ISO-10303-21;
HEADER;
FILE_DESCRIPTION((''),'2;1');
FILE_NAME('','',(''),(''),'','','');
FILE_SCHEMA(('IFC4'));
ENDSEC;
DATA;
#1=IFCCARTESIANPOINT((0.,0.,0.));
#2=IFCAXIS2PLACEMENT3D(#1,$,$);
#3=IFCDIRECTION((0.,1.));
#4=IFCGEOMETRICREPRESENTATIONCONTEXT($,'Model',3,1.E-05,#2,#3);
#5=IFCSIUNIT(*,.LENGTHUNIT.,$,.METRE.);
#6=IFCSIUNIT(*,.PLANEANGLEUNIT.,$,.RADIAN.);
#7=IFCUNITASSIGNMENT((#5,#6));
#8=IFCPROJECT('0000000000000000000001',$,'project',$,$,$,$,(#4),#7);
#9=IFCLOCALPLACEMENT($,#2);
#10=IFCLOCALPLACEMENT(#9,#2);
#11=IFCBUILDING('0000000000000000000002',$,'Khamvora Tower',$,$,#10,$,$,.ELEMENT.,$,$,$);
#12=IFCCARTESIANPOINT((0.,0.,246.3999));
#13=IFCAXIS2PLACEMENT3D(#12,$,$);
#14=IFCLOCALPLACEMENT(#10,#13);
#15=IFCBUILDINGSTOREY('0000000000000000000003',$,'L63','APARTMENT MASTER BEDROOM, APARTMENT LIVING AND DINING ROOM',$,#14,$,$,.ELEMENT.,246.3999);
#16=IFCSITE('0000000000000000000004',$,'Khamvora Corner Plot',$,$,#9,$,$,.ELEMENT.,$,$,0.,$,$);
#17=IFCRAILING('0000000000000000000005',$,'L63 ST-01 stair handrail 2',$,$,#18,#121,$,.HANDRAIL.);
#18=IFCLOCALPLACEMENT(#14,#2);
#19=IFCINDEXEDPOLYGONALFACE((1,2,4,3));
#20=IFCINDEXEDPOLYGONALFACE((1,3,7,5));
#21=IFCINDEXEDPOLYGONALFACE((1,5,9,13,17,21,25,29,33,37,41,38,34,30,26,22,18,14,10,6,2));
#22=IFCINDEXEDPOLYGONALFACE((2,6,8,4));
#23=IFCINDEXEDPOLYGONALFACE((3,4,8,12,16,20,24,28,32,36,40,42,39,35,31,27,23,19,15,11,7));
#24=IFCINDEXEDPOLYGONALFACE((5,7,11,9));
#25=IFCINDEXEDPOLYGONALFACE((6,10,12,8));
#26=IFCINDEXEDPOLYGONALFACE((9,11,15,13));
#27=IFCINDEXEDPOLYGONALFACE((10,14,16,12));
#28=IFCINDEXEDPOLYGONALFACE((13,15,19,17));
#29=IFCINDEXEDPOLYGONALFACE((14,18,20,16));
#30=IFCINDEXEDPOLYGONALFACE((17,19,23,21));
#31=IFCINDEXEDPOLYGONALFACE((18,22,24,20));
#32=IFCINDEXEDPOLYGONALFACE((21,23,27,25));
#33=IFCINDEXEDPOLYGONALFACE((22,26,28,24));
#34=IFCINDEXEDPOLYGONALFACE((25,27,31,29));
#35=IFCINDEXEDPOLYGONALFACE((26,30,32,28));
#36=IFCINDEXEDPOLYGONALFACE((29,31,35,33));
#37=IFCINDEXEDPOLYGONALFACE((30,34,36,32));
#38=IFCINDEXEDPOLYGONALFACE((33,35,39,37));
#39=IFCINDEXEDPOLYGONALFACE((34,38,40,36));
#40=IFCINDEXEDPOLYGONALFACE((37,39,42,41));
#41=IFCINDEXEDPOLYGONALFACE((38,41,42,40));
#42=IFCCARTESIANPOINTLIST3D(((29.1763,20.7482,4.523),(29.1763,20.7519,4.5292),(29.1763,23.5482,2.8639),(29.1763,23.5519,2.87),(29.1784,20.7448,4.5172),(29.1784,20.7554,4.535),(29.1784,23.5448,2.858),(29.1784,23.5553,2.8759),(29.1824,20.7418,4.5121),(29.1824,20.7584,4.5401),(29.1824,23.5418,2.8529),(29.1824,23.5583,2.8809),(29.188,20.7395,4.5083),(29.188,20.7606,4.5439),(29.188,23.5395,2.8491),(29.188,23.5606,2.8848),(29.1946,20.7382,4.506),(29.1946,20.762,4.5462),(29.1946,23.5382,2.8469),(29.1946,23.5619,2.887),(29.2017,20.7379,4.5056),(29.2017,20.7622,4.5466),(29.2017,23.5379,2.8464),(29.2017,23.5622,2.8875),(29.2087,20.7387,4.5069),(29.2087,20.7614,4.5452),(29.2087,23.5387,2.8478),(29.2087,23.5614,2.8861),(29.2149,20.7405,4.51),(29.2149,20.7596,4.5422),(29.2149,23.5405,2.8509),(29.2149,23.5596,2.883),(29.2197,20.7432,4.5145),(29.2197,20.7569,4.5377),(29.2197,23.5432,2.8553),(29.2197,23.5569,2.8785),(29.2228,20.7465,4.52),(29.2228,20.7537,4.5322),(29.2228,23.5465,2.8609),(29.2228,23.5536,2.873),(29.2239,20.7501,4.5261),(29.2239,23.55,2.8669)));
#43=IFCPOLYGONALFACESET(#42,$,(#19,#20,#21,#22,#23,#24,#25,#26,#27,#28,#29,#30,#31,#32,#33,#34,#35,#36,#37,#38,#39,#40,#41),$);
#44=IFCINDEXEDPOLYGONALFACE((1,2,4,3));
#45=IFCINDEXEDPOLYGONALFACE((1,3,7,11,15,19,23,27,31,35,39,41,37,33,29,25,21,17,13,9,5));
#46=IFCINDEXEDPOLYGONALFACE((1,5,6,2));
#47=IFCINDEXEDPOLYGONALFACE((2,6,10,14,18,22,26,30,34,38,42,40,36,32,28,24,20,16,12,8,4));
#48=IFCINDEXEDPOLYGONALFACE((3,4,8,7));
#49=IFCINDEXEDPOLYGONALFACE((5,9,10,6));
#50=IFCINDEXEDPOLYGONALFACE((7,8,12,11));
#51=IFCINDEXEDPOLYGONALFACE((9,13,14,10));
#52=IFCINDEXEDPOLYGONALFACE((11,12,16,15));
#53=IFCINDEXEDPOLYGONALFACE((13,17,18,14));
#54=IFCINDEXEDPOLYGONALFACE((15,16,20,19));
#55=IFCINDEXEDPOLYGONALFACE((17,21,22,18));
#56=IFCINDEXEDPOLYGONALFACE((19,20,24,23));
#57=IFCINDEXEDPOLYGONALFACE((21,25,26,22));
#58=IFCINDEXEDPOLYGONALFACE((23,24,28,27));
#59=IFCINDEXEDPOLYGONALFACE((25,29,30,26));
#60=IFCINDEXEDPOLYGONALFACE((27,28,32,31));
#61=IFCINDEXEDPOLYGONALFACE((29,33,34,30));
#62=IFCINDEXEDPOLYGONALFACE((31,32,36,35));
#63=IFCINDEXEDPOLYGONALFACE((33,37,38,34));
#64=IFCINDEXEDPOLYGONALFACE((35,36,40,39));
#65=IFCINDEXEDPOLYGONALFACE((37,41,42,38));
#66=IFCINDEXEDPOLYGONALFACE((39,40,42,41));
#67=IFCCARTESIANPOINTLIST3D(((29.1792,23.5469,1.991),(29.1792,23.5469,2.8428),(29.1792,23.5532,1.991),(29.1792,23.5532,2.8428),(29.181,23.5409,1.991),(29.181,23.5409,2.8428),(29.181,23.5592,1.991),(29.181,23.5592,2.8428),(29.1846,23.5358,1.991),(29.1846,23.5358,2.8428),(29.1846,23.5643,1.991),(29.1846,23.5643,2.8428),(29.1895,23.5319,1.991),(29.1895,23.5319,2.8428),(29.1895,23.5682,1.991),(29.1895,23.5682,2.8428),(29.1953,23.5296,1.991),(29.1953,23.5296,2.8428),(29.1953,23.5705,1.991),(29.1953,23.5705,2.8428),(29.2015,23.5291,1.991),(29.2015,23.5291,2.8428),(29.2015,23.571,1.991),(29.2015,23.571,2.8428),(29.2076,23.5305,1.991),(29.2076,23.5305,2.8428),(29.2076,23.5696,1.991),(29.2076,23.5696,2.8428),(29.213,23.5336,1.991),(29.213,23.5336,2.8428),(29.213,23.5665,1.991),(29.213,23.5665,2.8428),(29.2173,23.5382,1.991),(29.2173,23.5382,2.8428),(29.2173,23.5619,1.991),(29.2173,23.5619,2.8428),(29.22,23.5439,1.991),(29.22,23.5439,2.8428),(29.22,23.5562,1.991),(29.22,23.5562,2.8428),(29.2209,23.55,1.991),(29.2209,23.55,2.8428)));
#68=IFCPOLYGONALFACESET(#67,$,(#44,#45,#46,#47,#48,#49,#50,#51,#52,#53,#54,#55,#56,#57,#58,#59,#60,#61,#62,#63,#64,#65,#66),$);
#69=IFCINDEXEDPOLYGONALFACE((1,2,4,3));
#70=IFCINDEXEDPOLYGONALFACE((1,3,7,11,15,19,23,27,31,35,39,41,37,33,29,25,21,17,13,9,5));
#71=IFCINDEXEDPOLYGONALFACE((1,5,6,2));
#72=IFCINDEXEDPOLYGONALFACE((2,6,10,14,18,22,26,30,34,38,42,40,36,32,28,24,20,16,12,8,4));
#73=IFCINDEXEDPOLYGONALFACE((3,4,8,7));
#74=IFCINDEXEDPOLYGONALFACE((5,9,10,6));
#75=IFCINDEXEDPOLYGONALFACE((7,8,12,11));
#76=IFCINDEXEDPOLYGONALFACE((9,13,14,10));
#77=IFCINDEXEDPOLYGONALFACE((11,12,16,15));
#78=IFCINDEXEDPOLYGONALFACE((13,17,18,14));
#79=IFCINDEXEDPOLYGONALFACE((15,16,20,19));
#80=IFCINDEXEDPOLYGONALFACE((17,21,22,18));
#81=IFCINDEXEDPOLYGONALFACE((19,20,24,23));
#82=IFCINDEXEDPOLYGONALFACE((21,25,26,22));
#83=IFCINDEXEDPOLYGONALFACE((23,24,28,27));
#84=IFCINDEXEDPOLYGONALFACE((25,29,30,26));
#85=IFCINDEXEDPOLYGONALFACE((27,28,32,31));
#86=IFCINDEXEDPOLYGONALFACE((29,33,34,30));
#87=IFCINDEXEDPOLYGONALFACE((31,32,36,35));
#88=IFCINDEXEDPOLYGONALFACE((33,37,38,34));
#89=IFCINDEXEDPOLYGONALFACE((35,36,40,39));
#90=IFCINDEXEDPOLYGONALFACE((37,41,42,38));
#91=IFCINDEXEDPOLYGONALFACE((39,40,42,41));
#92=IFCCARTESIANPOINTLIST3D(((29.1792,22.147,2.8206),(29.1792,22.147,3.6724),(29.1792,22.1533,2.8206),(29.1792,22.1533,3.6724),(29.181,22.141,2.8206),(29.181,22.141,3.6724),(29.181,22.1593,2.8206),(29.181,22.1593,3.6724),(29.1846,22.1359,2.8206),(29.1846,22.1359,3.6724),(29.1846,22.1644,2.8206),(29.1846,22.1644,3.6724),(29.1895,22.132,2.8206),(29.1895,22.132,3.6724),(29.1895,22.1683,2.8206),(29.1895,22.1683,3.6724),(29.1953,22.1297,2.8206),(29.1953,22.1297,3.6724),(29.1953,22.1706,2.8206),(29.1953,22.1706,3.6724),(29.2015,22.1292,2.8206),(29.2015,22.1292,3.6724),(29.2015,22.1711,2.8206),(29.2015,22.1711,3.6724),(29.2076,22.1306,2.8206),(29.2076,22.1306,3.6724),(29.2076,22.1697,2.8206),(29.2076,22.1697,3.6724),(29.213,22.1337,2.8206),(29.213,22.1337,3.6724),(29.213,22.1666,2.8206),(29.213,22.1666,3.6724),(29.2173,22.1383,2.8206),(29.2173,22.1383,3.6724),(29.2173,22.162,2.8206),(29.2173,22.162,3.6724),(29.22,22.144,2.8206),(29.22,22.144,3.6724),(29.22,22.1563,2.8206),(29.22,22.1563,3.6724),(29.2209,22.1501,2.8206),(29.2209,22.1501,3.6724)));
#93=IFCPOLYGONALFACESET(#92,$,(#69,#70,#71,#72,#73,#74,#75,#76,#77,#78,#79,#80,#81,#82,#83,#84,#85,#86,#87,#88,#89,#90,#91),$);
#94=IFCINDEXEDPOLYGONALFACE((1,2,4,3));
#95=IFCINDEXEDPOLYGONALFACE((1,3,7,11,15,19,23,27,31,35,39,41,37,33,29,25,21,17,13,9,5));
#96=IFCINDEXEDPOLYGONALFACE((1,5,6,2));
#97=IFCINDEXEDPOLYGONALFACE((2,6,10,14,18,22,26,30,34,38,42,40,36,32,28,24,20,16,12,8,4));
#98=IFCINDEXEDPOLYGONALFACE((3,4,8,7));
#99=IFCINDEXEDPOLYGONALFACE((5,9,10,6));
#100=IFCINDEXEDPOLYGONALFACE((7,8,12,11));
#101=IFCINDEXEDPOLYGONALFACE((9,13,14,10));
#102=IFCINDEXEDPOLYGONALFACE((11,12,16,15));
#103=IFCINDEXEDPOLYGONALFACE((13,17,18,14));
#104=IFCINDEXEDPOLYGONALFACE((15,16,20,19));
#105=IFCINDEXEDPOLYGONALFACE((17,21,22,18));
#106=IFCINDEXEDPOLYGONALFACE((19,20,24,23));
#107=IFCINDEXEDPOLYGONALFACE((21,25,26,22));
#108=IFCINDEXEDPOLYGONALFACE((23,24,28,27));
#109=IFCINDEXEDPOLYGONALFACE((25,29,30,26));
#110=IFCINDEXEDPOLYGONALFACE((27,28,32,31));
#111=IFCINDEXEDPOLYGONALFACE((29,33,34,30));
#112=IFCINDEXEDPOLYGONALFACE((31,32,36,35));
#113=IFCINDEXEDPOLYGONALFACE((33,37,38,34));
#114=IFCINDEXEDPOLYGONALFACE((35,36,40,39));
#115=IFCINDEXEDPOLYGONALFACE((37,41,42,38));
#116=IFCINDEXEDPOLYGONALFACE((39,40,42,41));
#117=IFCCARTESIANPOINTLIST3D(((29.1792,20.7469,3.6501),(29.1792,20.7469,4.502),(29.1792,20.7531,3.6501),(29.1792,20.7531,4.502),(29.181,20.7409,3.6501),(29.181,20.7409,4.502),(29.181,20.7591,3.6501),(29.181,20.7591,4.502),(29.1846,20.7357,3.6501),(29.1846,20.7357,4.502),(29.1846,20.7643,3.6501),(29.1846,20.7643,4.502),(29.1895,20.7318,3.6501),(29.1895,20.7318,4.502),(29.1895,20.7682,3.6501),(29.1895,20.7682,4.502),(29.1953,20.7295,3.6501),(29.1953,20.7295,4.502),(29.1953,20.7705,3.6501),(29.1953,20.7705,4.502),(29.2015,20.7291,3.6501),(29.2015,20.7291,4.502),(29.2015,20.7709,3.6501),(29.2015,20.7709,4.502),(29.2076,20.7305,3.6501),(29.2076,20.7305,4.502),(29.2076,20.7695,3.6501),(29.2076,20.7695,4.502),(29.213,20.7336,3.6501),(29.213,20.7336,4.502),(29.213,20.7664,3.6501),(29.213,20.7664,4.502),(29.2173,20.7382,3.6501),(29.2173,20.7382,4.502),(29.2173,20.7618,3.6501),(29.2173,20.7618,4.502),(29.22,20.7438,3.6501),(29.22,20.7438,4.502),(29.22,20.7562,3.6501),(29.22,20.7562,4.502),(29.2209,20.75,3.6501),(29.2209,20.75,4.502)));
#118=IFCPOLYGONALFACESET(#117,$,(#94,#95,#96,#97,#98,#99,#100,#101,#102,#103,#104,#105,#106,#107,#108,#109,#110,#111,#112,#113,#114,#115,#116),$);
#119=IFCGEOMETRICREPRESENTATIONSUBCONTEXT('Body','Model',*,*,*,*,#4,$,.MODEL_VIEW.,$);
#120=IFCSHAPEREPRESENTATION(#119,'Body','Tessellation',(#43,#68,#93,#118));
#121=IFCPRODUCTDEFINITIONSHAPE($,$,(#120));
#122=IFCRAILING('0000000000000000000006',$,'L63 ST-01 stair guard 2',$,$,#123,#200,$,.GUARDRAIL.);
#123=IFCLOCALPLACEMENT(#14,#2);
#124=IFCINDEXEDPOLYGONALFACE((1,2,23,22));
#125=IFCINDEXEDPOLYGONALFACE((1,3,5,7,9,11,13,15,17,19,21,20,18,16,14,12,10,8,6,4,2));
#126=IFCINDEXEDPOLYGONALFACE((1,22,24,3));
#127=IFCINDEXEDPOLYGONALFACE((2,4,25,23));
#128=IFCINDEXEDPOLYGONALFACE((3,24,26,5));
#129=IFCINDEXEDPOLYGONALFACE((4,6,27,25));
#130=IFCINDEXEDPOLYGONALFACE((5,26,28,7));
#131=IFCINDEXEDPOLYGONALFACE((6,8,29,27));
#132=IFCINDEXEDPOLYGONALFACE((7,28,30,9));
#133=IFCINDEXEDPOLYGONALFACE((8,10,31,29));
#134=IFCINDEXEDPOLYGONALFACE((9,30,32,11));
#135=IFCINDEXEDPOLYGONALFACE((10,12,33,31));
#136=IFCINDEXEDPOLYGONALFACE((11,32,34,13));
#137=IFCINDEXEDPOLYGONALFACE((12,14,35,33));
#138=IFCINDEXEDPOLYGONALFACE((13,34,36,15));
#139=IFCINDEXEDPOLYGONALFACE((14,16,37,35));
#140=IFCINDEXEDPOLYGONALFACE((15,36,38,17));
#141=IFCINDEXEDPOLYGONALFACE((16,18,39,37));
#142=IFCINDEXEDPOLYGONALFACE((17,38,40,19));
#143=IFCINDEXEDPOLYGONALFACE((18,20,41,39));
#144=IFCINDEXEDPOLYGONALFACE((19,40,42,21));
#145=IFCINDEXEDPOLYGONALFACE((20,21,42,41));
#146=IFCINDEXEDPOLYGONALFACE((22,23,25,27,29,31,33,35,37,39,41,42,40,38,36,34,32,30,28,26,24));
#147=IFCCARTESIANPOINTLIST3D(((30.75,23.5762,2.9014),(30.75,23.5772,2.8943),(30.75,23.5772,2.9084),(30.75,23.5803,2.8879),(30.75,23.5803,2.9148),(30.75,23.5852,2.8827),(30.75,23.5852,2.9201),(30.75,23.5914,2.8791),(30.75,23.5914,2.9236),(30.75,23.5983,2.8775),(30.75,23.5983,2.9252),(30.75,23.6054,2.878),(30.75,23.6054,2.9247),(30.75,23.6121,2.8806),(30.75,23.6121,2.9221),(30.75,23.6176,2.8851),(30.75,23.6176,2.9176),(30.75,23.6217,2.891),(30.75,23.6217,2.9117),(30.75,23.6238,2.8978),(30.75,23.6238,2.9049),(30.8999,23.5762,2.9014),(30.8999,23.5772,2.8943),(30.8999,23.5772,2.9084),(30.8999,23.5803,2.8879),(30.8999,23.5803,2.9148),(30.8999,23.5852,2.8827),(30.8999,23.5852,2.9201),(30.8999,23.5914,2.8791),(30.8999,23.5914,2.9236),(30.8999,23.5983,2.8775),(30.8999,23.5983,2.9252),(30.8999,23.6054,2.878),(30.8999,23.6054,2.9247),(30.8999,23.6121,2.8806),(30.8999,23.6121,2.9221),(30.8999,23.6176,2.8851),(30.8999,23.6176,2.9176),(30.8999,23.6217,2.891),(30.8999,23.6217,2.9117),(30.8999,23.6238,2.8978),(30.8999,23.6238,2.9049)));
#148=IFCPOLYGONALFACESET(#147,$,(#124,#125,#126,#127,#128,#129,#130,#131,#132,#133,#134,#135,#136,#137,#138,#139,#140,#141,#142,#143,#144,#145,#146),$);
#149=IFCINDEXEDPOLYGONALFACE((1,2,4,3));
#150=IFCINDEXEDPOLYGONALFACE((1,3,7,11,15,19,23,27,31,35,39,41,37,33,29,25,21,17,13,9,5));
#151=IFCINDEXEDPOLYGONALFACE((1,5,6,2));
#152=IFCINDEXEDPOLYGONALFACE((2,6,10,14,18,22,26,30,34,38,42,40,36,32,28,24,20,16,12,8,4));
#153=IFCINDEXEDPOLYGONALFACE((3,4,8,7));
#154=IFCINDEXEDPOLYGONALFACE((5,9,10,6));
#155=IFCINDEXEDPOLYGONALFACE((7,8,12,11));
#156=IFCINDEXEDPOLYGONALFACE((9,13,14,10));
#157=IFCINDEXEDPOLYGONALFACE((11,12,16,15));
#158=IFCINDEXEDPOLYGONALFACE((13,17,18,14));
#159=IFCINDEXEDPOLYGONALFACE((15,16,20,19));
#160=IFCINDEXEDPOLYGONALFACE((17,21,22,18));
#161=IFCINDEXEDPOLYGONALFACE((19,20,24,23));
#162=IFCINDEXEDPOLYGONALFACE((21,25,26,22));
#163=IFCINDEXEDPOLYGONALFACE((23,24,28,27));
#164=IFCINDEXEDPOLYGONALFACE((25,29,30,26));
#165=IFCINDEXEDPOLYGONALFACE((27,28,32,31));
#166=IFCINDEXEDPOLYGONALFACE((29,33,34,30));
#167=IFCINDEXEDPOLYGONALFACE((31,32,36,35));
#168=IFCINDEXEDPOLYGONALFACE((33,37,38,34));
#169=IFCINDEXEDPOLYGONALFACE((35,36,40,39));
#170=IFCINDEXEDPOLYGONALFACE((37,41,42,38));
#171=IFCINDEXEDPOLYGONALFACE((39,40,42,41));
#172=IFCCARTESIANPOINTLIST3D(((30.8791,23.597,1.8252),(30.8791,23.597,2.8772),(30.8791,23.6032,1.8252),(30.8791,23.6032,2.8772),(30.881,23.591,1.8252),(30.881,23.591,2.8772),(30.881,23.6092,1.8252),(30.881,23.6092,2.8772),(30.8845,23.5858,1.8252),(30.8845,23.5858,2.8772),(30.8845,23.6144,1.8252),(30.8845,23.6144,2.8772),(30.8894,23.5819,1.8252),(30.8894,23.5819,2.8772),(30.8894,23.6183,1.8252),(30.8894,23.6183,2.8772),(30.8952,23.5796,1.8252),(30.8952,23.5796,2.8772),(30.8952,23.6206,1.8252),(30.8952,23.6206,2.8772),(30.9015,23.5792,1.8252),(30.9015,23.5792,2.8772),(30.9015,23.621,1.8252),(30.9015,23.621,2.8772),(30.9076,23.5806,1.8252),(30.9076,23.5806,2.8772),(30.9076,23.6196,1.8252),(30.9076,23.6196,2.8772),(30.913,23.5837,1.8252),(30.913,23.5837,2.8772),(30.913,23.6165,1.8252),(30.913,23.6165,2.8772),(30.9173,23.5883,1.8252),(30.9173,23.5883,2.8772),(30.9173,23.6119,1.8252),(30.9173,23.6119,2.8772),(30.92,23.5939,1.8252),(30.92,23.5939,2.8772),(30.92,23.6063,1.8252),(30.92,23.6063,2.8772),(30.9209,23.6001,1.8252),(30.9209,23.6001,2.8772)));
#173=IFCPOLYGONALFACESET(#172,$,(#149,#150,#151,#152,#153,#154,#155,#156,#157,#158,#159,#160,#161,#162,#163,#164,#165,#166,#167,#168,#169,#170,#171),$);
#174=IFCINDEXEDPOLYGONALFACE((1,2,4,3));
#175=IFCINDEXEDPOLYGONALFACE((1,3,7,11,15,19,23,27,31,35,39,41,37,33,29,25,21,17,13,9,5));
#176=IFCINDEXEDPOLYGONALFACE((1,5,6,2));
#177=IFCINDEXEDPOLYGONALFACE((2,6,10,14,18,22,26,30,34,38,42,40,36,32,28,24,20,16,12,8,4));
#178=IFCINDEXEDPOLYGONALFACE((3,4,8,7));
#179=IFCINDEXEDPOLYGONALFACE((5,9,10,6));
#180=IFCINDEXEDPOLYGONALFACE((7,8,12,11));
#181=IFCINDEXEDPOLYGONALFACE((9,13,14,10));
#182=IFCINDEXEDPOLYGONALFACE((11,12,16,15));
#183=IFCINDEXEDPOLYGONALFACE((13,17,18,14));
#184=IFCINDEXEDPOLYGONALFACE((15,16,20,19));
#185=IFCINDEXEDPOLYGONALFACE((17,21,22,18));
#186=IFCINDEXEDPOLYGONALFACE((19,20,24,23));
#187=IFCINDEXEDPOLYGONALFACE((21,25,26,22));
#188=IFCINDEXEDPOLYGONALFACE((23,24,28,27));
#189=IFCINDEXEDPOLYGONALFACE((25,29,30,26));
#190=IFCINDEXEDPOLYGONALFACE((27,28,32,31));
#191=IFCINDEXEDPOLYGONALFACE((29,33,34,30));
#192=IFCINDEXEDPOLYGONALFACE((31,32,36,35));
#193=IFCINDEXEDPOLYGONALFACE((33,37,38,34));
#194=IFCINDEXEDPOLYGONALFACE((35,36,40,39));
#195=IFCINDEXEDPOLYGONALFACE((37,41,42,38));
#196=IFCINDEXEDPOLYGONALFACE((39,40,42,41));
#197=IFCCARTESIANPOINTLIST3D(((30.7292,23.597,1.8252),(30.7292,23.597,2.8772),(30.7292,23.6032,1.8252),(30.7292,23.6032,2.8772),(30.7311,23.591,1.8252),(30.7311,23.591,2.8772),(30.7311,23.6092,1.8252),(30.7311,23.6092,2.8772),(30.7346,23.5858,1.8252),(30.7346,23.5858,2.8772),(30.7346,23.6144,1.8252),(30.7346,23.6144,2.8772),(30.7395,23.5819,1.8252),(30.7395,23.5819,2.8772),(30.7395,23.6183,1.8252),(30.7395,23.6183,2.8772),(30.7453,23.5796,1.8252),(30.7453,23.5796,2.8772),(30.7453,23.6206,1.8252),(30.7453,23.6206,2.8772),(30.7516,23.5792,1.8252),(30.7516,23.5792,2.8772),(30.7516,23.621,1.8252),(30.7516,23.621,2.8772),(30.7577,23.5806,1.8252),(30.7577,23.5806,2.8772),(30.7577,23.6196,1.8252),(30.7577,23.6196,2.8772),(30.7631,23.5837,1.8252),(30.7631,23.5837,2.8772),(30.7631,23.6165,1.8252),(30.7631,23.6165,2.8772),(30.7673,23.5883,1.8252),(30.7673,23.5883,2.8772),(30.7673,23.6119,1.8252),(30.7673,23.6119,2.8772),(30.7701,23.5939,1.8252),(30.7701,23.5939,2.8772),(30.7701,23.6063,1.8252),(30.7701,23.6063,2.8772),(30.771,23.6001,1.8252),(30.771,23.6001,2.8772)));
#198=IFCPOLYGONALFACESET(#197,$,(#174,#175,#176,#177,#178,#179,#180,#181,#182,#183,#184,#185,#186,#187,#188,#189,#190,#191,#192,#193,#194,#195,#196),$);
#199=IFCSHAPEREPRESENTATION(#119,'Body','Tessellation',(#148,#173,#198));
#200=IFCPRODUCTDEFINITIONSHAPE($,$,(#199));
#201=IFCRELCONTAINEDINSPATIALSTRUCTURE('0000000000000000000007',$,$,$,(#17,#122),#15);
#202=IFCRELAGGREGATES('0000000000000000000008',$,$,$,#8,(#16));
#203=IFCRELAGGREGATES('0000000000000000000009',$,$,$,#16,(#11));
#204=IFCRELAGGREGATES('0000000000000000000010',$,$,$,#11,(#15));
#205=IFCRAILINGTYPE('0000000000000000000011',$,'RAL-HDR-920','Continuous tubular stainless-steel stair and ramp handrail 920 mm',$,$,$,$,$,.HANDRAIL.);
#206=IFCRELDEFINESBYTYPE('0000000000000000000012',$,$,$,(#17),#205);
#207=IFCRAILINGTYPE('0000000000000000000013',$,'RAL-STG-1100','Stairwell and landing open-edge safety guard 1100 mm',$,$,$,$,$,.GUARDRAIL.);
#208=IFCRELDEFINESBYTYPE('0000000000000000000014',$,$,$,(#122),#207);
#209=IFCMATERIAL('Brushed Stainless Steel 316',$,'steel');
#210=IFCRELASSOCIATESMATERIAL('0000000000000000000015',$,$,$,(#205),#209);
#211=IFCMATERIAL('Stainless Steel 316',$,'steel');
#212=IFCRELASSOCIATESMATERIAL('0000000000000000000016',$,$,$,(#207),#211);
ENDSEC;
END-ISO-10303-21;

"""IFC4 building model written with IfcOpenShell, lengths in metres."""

from ifc_helpers import new_model, si_unit, direction, frame, origin, origin_2d, place, context, subcontext, project, spatial, circle, extrude, material, type_object, element, save


model = new_model("IFC4")

# Units and contexts
model_context = context("Model", 3, precision=1e-05, world=origin(), true_north=direction((0.0, 1.0)))
body_context = subcontext(model_context, "Body", "Model", "MODEL_VIEW")
ifc_project = project(units=[si_unit("LENGTHUNIT", "METRE"), si_unit("PLANEANGLEUNIT", "RADIAN")], contexts=[model_context])

# Site, building, storey
site_placement = place(None, origin())
site = spatial("IfcSite", under=ifc_project, at=site_placement, Name="Khamvora Corner Plot", CompositionType="ELEMENT", RefElevation=0.0)
building_placement = place(site_placement, origin())
building = spatial("IfcBuilding", under=site, at=building_placement, Name="Khamvora Tower", CompositionType="ELEMENT")
storey_placement = place(building_placement, frame((0.0, 0.0, 246.3999)))
storey = spatial("IfcBuildingStorey", under=building, at=storey_placement, Name="L63", Description="APARTMENT MASTER BEDROOM, APARTMENT LIVING AND DINING ROOM", CompositionType="ELEMENT", Elevation=246.3999)

# Railings
ifc_material_1 = material(Name="Brushed Stainless Steel 316", Category="steel")
railing_type_1 = type_object("IfcRailingType", Name="RAL-HDR-920", Description="Continuous tubular stainless-steel stair and ramp handrail 920 mm", PredefinedType="HANDRAIL", material=ifc_material_1)
railing_1_placement = place(storey_placement, frame((29.2, 23.55, 1.991)))
element("IfcRailing", 1, at=railing_1_placement, inside=storey, type_object=railing_type_1, Name="L63 ST-01 stair handrail 2", PredefinedType="HANDRAIL", context=body_context, shape_type="SweptSolid", body=[
    extrude(circle(Radius=0.0239, at=origin_2d()), frame((0.0, 0.0, 0.876), z_axis=(0.0, -0.860306, 0.509778), x_axis=(1.0, 0.0, 0.0)), (0.0, 0.0, 1.0), 3.2546),
    extrude(circle(Radius=0.021, at=origin_2d()), origin(), (0.0, 0.0, 1.0), 0.8518),
    extrude(circle(Radius=0.021, at=origin_2d()), frame((0.0, -1.3999, 0.8296)), (0.0, 0.0, 1.0), 0.8518),
    extrude(circle(Radius=0.021, at=origin_2d()), frame((0.0, -2.8, 1.6592)), (0.0, 0.0, 1.0), 0.8518),
])
ifc_material_2 = material(Name="Stainless Steel 316", Category="steel")
railing_type_2 = type_object("IfcRailingType", Name="RAL-STG-1100", Description="Stairwell and landing open-edge safety guard 1100 mm", PredefinedType="GUARDRAIL", material=ifc_material_2)
railing_2_placement = place(storey_placement, frame((30.8999, 23.6001, 1.8252)))
element("IfcRailing", 2, at=railing_2_placement, inside=storey, type_object=railing_type_2, Name="L63 ST-01 stair guard 2", PredefinedType="GUARDRAIL", context=body_context, shape_type="SweptSolid", body=[
    extrude(circle(Radius=0.0239, at=origin_2d()), frame((0.0, 0.0, 1.0762), z_axis=(-1.0, 0.0, 0.0), x_axis=(0.0, -1.0, 0.0)), (0.0, 0.0, 1.0), 0.1499),
    extrude(circle(Radius=0.021, at=origin_2d()), origin(), (0.0, 0.0, 1.0), 1.052),
    extrude(circle(Radius=0.021, at=origin_2d()), frame((-0.1499, 0.0, 0.0)), (0.0, 0.0, 1.0), 1.052),
])

save(model, "model.ifc")
